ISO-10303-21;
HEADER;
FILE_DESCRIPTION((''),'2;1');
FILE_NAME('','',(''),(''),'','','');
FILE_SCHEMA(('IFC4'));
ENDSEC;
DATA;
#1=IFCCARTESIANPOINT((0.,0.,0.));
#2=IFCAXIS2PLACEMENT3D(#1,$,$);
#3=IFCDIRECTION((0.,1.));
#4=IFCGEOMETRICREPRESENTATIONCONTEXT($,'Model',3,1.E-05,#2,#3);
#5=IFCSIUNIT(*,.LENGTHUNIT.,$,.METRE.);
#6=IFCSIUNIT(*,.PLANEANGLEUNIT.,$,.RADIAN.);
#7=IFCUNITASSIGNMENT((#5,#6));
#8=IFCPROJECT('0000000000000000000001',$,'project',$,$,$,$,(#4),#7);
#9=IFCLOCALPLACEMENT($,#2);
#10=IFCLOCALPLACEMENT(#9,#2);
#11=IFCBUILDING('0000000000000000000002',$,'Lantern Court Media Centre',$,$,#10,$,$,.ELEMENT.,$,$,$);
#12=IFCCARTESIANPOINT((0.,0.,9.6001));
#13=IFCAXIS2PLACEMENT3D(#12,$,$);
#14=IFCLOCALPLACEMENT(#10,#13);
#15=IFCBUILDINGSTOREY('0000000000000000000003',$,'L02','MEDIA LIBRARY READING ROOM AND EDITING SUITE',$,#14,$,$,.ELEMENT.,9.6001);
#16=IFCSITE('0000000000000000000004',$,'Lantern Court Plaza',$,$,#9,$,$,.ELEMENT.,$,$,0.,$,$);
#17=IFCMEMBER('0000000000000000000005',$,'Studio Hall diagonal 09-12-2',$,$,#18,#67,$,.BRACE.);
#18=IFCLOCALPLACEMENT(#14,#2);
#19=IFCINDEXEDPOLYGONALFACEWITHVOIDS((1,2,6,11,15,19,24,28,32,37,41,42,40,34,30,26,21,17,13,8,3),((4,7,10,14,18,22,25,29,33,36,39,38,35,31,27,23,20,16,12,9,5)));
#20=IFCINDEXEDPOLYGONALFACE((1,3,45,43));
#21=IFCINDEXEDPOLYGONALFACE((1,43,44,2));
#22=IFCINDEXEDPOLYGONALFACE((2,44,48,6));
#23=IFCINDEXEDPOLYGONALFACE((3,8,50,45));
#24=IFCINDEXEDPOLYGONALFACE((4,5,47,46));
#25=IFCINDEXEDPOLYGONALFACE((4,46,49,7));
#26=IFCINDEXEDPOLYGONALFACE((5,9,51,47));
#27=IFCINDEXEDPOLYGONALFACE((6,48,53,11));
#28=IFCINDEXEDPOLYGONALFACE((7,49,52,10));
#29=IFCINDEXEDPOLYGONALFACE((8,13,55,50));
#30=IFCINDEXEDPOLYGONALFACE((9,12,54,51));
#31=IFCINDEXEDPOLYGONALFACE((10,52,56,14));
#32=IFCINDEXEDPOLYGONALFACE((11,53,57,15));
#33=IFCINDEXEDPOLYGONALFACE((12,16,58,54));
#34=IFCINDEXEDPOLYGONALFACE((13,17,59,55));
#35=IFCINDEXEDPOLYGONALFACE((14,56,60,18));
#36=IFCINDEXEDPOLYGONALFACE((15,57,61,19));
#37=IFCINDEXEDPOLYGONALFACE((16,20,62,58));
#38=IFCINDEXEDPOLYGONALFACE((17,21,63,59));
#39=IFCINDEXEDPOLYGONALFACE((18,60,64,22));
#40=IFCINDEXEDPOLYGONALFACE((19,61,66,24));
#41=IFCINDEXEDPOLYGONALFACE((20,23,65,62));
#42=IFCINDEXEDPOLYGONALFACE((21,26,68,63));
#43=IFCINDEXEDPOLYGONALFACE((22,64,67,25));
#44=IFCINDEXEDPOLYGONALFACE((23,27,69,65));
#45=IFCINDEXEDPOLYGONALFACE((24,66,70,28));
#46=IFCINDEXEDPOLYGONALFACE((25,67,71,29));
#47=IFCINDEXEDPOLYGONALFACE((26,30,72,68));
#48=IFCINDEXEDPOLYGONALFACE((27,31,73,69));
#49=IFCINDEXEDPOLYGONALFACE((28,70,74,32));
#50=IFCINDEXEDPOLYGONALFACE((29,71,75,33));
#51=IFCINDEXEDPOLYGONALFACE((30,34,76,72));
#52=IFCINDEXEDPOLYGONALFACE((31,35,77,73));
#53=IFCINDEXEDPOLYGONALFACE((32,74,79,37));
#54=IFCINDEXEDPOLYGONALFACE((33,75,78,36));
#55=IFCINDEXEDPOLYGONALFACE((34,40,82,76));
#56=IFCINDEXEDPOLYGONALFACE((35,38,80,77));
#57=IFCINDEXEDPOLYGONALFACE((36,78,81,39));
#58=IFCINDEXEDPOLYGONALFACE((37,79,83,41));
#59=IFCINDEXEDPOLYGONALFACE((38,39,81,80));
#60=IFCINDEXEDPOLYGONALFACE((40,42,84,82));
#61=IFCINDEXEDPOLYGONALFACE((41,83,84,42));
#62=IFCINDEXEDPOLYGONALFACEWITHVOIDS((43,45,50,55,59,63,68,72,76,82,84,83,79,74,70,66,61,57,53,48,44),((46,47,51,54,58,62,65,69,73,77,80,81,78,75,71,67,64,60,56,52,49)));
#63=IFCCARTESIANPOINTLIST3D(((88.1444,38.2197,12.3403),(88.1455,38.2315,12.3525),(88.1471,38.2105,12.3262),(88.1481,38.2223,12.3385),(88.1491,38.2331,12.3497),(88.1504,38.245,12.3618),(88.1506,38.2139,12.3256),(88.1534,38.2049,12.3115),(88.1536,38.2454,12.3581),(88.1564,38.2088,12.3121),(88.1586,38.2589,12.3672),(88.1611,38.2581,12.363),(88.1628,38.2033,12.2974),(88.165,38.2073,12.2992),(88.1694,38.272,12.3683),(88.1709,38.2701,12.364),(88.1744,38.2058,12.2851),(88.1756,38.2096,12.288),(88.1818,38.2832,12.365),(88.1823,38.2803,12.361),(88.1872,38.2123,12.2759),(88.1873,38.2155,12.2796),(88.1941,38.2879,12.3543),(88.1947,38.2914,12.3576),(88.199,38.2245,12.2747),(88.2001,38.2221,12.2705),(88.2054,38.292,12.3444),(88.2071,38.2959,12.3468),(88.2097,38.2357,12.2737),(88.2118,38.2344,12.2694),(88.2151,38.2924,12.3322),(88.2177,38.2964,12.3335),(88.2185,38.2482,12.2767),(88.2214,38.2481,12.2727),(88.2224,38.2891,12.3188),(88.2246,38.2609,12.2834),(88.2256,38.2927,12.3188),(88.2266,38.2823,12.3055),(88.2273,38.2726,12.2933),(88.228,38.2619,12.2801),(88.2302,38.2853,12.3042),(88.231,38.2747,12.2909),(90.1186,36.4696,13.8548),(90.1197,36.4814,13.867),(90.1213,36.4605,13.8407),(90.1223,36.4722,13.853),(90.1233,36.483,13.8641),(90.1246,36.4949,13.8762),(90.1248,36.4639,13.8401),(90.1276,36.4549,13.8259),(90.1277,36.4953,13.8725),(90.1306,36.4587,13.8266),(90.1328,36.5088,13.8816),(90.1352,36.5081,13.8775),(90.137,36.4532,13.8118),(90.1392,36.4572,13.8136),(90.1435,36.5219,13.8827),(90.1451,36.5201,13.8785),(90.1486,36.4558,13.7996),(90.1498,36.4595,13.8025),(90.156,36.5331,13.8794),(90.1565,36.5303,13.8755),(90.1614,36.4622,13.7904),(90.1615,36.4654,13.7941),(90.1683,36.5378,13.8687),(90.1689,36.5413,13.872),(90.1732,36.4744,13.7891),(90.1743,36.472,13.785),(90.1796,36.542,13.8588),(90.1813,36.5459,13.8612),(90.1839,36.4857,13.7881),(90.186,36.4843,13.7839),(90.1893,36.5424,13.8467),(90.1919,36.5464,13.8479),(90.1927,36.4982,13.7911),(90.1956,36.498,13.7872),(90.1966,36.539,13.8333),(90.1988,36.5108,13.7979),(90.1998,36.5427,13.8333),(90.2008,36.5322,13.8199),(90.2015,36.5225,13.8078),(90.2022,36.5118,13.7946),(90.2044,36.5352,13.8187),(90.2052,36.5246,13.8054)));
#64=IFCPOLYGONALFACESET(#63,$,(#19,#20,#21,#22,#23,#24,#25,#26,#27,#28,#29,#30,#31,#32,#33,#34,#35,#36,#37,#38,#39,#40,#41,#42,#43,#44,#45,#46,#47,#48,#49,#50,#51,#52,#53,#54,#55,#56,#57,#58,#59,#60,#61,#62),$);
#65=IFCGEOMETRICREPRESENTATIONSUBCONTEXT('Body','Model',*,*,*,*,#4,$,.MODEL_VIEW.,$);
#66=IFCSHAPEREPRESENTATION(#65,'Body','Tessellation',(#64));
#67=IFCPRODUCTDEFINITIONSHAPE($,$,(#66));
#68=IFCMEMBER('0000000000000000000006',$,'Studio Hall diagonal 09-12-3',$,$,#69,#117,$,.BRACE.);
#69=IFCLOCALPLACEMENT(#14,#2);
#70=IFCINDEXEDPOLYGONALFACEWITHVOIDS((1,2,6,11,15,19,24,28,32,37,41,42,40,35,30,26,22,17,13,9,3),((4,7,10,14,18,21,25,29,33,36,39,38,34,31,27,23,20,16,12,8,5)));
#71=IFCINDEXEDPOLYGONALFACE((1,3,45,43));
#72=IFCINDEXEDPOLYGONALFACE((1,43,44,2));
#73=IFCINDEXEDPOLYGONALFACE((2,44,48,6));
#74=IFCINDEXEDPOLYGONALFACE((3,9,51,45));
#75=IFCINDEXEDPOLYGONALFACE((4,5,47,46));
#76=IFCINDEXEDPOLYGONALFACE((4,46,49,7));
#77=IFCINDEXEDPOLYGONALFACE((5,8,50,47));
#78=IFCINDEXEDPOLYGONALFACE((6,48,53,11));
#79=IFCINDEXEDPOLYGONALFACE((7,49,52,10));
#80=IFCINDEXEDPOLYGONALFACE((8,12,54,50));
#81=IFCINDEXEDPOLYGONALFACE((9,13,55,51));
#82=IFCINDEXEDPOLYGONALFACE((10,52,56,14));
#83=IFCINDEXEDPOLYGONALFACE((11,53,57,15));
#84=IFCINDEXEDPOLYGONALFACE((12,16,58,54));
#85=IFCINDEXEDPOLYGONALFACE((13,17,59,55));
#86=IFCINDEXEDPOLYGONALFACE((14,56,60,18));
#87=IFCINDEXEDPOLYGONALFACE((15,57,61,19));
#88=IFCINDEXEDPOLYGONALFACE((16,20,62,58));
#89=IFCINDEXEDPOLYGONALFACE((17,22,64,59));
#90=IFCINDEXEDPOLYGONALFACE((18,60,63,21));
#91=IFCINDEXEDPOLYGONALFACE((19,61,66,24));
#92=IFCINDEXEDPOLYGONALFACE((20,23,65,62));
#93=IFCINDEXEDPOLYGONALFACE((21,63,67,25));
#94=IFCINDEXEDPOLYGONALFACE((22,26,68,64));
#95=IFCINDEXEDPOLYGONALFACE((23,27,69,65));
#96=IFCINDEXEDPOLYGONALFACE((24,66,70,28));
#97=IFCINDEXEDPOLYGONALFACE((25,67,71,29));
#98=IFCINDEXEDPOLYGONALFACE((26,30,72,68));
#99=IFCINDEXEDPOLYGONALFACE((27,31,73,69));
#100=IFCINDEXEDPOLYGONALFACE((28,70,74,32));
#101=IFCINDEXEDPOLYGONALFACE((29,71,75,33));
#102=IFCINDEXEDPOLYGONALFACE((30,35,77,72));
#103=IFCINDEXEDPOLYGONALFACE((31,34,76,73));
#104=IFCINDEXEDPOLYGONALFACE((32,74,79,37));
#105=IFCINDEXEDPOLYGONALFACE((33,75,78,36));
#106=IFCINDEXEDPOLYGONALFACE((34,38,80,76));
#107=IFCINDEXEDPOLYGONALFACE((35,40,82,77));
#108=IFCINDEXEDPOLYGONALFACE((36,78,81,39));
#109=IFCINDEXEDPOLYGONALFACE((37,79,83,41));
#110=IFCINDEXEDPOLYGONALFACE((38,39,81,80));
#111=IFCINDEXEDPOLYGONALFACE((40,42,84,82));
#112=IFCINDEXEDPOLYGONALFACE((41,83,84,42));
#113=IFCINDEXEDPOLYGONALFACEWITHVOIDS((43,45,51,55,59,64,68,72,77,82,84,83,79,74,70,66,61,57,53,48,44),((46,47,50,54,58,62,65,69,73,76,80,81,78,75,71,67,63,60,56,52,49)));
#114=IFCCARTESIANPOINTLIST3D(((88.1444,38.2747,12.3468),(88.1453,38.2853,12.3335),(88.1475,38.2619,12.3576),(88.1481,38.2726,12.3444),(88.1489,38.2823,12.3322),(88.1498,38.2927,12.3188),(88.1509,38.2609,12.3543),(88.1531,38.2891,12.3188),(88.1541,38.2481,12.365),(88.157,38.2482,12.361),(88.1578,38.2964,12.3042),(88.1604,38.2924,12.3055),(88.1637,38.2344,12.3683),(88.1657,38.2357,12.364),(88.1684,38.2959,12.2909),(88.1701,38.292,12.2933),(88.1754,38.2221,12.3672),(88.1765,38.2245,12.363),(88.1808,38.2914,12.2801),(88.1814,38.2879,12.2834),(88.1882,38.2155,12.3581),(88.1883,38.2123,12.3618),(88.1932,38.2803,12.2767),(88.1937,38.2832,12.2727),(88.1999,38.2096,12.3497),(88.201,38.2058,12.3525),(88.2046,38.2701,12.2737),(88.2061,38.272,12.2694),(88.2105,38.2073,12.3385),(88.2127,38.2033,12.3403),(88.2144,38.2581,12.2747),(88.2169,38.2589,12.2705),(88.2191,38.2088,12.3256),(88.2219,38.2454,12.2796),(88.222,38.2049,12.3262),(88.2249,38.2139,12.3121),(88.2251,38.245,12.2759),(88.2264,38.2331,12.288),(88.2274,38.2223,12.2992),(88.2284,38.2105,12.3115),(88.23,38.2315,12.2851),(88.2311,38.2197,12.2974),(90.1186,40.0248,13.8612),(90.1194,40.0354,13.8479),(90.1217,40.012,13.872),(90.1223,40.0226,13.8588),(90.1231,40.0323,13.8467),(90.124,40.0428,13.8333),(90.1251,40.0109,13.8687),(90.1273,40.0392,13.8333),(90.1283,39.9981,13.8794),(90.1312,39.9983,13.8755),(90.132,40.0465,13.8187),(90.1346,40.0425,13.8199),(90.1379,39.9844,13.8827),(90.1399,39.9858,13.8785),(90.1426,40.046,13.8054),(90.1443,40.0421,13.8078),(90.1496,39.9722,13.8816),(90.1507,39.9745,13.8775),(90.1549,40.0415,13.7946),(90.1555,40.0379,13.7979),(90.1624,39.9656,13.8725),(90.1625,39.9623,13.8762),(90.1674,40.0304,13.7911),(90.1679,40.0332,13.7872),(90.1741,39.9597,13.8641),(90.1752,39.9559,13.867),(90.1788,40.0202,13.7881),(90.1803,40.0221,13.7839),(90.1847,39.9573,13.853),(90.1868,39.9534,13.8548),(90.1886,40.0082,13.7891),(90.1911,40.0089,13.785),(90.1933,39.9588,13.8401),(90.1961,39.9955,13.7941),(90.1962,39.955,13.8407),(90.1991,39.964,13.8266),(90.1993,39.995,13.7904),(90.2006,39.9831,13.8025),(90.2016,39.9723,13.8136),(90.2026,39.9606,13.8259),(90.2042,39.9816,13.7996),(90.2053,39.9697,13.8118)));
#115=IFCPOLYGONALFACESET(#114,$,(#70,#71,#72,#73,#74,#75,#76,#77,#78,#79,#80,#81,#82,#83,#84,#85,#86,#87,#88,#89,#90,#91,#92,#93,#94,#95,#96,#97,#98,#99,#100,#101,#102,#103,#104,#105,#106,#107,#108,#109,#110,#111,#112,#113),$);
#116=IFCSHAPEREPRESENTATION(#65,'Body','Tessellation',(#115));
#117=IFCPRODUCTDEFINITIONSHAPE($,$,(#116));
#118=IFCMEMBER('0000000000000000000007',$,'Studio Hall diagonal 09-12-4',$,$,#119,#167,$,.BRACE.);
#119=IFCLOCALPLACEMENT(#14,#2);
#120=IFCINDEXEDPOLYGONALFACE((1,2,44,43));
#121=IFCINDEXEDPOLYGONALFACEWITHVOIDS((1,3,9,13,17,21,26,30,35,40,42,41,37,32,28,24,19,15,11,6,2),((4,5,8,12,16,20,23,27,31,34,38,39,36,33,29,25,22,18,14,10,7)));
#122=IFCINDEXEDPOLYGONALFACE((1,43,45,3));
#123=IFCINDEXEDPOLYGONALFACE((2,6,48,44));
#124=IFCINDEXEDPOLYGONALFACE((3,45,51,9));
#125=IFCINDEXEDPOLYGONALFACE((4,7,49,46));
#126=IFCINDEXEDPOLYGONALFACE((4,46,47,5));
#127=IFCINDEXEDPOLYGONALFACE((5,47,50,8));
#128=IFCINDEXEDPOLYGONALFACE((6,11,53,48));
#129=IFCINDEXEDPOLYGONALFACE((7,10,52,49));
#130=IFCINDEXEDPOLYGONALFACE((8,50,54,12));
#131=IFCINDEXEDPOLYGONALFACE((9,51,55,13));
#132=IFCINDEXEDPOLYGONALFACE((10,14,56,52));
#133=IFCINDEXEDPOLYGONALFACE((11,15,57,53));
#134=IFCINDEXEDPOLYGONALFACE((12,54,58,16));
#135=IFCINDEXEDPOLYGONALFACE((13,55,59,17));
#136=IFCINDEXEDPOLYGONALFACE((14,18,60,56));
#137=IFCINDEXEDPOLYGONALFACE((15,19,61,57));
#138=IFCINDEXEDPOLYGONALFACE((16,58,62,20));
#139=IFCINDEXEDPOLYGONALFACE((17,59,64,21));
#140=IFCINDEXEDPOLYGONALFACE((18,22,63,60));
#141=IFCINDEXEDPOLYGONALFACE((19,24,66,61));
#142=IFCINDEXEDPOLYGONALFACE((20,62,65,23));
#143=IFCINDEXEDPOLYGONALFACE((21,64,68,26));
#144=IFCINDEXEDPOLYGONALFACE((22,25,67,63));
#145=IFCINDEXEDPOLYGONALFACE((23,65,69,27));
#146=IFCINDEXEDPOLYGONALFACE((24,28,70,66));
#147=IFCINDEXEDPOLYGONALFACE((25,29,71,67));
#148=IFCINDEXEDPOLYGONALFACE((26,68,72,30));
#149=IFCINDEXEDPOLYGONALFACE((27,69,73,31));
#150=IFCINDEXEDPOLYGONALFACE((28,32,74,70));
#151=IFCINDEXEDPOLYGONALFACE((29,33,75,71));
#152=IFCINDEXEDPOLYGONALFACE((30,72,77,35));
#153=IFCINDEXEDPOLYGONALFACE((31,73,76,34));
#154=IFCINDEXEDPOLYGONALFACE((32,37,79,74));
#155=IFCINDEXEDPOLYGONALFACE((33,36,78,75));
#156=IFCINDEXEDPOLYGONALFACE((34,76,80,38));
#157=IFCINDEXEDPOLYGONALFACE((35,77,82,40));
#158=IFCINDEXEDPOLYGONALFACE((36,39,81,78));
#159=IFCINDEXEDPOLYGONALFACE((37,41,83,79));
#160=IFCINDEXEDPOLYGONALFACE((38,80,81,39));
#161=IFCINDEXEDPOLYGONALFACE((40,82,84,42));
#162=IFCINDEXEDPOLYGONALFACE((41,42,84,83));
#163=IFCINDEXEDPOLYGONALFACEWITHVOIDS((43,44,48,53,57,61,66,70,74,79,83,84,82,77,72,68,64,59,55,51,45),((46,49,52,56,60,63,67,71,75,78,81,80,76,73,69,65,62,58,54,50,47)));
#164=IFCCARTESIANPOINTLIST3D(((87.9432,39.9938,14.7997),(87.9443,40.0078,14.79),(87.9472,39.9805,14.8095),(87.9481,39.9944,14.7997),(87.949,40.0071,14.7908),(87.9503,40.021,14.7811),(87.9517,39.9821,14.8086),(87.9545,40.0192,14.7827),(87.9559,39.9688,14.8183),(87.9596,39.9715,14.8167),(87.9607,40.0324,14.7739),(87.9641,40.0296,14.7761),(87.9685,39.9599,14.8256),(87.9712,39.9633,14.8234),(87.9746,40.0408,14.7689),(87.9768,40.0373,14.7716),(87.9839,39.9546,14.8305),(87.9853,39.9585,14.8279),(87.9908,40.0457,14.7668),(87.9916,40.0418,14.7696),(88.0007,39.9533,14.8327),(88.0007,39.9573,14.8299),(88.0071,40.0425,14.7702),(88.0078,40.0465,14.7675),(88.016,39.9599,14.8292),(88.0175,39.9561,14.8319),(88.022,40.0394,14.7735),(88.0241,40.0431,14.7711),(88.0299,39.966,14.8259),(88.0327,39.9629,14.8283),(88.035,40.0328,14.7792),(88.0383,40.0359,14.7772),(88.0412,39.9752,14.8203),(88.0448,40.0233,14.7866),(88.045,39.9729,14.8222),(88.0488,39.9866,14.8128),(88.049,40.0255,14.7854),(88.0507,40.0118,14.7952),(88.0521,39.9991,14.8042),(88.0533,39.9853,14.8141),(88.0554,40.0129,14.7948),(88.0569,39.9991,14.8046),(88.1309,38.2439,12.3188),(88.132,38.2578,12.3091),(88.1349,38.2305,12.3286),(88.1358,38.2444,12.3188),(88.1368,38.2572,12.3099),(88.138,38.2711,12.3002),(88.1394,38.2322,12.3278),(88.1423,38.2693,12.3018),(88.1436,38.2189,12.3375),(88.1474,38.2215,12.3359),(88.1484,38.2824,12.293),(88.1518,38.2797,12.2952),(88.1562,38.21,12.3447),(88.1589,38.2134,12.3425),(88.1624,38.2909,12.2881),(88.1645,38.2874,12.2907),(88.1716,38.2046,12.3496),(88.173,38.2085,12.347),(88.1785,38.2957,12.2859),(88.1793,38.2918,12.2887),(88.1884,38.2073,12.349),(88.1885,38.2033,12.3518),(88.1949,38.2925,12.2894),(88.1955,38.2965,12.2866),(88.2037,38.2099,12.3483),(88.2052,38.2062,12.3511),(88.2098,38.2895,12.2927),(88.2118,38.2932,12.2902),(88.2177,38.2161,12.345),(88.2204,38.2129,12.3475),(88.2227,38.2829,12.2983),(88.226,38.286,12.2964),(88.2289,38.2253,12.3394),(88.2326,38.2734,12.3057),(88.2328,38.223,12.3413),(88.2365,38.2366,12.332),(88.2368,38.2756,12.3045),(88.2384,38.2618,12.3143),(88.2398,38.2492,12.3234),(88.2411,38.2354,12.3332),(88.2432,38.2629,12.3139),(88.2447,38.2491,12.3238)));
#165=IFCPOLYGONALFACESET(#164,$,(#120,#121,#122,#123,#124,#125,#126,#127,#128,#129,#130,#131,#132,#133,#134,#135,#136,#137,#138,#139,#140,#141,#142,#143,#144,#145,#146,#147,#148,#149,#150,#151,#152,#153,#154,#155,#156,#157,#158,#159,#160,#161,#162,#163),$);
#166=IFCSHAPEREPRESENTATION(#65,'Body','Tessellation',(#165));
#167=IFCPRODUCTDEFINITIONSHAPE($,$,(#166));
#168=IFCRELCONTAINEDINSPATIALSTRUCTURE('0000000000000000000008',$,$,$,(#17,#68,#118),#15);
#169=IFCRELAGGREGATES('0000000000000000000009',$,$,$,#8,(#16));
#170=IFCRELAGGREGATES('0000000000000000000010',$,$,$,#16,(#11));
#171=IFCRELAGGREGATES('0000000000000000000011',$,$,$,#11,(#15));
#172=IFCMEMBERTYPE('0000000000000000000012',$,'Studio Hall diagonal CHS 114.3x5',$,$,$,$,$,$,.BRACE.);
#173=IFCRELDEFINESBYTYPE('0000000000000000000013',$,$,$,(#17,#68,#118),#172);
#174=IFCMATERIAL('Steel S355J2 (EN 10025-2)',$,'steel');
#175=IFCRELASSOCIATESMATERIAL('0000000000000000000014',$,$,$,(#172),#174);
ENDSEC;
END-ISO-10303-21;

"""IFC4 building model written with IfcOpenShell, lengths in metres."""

from ifc_helpers import new_model, si_unit, direction, frame, origin, origin_2d, place, context, subcontext, project, spatial, hollow_circle, extrude, material, material_profile, profile_set, type_object, element, save


model = new_model("IFC4")

# Units and contexts
model_context = context("Model", 3, precision=1e-05, world=origin(), true_north=direction((0.0, 1.0)))
body_context = subcontext(model_context, "Body", "Model", "MODEL_VIEW")
ifc_project = project(units=[si_unit("LENGTHUNIT", "METRE"), si_unit("PLANEANGLEUNIT", "RADIAN")], contexts=[model_context])

# Site, building, storey
site_placement = place(None, origin())
site = spatial("IfcSite", under=ifc_project, at=site_placement, Name="Lantern Court Plaza", CompositionType="ELEMENT", RefElevation=0.0)
building_placement = place(site_placement, origin())
building = spatial("IfcBuilding", under=site, at=building_placement, Name="Lantern Court Media Centre", CompositionType="ELEMENT")
storey_placement = place(building_placement, frame((0.0, 0.0, 9.6001)))
storey = spatial("IfcBuildingStorey", under=building, at=storey_placement, Name="L02", Description="MEDIA LIBRARY READING ROOM AND EDITING SUITE", CompositionType="ELEMENT", Elevation=9.6001)

# Members
ifc_material_1 = material(Name="Steel S355J2 (EN 10025-2)", Category="steel")
ifc_material_profile_1 = material_profile(ifc_material_1, hollow_circle(Radius=0.0571, WallThickness=0.0049, at=origin_2d()), Name="Studio Hall diagonal CHS 114.3x5")
ifc_profile_set_1 = profile_set([ifc_material_profile_1], Name="Steel S355J2 (EN 10025-2)")
member_type_1 = type_object("IfcMemberType", Name="Studio Hall diagonal CHS 114.3x5", PredefinedType="BRACE", material=ifc_profile_set_1)
for number, where, z_axis, x_axis, name in (
    (1, (88.1877, 38.25, 12.3188), (0.648979, -0.575301, 0.49785), (0.663352, 0.748307, 0.0), "Studio Hall diagonal 09-12-2"),
    (2, (88.1877, 38.25, 12.3188), (0.648979, 0.575301, 0.49785), (-0.663352, 0.748307, 0.0), "Studio Hall diagonal 09-12-3"),
):
    element("IfcMember", number, at=place(storey_placement, frame(where, z_axis=z_axis, x_axis=x_axis)), inside=storey, type_object=member_type_1, Name=name, PredefinedType="BRACE", context=body_context, shape_type="SweptSolid", body=[
        extrude(hollow_circle(Radius=0.0571, WallThickness=0.0049, at=origin_2d()), origin(), (0.0, 0.0, 1.0), 3.042),
    ])
member_1_placement = place(storey_placement, frame((88.1877, 38.25, 12.3188), z_axis=(-0.06172, 0.575306, 0.815606), x_axis=(-0.994294, -0.10667, 0.0)))
element("IfcMember", 3, at=member_1_placement, inside=storey, type_object=member_type_1, Name="Studio Hall diagonal 09-12-4", PredefinedType="BRACE", context=body_context, shape_type="SweptSolid", body=[
    extrude(hollow_circle(Radius=0.0571, WallThickness=0.0049, at=origin_2d()), origin(), (0.0, 0.0, 1.0), 3.0417),
])

save(model, "model.ifc")
